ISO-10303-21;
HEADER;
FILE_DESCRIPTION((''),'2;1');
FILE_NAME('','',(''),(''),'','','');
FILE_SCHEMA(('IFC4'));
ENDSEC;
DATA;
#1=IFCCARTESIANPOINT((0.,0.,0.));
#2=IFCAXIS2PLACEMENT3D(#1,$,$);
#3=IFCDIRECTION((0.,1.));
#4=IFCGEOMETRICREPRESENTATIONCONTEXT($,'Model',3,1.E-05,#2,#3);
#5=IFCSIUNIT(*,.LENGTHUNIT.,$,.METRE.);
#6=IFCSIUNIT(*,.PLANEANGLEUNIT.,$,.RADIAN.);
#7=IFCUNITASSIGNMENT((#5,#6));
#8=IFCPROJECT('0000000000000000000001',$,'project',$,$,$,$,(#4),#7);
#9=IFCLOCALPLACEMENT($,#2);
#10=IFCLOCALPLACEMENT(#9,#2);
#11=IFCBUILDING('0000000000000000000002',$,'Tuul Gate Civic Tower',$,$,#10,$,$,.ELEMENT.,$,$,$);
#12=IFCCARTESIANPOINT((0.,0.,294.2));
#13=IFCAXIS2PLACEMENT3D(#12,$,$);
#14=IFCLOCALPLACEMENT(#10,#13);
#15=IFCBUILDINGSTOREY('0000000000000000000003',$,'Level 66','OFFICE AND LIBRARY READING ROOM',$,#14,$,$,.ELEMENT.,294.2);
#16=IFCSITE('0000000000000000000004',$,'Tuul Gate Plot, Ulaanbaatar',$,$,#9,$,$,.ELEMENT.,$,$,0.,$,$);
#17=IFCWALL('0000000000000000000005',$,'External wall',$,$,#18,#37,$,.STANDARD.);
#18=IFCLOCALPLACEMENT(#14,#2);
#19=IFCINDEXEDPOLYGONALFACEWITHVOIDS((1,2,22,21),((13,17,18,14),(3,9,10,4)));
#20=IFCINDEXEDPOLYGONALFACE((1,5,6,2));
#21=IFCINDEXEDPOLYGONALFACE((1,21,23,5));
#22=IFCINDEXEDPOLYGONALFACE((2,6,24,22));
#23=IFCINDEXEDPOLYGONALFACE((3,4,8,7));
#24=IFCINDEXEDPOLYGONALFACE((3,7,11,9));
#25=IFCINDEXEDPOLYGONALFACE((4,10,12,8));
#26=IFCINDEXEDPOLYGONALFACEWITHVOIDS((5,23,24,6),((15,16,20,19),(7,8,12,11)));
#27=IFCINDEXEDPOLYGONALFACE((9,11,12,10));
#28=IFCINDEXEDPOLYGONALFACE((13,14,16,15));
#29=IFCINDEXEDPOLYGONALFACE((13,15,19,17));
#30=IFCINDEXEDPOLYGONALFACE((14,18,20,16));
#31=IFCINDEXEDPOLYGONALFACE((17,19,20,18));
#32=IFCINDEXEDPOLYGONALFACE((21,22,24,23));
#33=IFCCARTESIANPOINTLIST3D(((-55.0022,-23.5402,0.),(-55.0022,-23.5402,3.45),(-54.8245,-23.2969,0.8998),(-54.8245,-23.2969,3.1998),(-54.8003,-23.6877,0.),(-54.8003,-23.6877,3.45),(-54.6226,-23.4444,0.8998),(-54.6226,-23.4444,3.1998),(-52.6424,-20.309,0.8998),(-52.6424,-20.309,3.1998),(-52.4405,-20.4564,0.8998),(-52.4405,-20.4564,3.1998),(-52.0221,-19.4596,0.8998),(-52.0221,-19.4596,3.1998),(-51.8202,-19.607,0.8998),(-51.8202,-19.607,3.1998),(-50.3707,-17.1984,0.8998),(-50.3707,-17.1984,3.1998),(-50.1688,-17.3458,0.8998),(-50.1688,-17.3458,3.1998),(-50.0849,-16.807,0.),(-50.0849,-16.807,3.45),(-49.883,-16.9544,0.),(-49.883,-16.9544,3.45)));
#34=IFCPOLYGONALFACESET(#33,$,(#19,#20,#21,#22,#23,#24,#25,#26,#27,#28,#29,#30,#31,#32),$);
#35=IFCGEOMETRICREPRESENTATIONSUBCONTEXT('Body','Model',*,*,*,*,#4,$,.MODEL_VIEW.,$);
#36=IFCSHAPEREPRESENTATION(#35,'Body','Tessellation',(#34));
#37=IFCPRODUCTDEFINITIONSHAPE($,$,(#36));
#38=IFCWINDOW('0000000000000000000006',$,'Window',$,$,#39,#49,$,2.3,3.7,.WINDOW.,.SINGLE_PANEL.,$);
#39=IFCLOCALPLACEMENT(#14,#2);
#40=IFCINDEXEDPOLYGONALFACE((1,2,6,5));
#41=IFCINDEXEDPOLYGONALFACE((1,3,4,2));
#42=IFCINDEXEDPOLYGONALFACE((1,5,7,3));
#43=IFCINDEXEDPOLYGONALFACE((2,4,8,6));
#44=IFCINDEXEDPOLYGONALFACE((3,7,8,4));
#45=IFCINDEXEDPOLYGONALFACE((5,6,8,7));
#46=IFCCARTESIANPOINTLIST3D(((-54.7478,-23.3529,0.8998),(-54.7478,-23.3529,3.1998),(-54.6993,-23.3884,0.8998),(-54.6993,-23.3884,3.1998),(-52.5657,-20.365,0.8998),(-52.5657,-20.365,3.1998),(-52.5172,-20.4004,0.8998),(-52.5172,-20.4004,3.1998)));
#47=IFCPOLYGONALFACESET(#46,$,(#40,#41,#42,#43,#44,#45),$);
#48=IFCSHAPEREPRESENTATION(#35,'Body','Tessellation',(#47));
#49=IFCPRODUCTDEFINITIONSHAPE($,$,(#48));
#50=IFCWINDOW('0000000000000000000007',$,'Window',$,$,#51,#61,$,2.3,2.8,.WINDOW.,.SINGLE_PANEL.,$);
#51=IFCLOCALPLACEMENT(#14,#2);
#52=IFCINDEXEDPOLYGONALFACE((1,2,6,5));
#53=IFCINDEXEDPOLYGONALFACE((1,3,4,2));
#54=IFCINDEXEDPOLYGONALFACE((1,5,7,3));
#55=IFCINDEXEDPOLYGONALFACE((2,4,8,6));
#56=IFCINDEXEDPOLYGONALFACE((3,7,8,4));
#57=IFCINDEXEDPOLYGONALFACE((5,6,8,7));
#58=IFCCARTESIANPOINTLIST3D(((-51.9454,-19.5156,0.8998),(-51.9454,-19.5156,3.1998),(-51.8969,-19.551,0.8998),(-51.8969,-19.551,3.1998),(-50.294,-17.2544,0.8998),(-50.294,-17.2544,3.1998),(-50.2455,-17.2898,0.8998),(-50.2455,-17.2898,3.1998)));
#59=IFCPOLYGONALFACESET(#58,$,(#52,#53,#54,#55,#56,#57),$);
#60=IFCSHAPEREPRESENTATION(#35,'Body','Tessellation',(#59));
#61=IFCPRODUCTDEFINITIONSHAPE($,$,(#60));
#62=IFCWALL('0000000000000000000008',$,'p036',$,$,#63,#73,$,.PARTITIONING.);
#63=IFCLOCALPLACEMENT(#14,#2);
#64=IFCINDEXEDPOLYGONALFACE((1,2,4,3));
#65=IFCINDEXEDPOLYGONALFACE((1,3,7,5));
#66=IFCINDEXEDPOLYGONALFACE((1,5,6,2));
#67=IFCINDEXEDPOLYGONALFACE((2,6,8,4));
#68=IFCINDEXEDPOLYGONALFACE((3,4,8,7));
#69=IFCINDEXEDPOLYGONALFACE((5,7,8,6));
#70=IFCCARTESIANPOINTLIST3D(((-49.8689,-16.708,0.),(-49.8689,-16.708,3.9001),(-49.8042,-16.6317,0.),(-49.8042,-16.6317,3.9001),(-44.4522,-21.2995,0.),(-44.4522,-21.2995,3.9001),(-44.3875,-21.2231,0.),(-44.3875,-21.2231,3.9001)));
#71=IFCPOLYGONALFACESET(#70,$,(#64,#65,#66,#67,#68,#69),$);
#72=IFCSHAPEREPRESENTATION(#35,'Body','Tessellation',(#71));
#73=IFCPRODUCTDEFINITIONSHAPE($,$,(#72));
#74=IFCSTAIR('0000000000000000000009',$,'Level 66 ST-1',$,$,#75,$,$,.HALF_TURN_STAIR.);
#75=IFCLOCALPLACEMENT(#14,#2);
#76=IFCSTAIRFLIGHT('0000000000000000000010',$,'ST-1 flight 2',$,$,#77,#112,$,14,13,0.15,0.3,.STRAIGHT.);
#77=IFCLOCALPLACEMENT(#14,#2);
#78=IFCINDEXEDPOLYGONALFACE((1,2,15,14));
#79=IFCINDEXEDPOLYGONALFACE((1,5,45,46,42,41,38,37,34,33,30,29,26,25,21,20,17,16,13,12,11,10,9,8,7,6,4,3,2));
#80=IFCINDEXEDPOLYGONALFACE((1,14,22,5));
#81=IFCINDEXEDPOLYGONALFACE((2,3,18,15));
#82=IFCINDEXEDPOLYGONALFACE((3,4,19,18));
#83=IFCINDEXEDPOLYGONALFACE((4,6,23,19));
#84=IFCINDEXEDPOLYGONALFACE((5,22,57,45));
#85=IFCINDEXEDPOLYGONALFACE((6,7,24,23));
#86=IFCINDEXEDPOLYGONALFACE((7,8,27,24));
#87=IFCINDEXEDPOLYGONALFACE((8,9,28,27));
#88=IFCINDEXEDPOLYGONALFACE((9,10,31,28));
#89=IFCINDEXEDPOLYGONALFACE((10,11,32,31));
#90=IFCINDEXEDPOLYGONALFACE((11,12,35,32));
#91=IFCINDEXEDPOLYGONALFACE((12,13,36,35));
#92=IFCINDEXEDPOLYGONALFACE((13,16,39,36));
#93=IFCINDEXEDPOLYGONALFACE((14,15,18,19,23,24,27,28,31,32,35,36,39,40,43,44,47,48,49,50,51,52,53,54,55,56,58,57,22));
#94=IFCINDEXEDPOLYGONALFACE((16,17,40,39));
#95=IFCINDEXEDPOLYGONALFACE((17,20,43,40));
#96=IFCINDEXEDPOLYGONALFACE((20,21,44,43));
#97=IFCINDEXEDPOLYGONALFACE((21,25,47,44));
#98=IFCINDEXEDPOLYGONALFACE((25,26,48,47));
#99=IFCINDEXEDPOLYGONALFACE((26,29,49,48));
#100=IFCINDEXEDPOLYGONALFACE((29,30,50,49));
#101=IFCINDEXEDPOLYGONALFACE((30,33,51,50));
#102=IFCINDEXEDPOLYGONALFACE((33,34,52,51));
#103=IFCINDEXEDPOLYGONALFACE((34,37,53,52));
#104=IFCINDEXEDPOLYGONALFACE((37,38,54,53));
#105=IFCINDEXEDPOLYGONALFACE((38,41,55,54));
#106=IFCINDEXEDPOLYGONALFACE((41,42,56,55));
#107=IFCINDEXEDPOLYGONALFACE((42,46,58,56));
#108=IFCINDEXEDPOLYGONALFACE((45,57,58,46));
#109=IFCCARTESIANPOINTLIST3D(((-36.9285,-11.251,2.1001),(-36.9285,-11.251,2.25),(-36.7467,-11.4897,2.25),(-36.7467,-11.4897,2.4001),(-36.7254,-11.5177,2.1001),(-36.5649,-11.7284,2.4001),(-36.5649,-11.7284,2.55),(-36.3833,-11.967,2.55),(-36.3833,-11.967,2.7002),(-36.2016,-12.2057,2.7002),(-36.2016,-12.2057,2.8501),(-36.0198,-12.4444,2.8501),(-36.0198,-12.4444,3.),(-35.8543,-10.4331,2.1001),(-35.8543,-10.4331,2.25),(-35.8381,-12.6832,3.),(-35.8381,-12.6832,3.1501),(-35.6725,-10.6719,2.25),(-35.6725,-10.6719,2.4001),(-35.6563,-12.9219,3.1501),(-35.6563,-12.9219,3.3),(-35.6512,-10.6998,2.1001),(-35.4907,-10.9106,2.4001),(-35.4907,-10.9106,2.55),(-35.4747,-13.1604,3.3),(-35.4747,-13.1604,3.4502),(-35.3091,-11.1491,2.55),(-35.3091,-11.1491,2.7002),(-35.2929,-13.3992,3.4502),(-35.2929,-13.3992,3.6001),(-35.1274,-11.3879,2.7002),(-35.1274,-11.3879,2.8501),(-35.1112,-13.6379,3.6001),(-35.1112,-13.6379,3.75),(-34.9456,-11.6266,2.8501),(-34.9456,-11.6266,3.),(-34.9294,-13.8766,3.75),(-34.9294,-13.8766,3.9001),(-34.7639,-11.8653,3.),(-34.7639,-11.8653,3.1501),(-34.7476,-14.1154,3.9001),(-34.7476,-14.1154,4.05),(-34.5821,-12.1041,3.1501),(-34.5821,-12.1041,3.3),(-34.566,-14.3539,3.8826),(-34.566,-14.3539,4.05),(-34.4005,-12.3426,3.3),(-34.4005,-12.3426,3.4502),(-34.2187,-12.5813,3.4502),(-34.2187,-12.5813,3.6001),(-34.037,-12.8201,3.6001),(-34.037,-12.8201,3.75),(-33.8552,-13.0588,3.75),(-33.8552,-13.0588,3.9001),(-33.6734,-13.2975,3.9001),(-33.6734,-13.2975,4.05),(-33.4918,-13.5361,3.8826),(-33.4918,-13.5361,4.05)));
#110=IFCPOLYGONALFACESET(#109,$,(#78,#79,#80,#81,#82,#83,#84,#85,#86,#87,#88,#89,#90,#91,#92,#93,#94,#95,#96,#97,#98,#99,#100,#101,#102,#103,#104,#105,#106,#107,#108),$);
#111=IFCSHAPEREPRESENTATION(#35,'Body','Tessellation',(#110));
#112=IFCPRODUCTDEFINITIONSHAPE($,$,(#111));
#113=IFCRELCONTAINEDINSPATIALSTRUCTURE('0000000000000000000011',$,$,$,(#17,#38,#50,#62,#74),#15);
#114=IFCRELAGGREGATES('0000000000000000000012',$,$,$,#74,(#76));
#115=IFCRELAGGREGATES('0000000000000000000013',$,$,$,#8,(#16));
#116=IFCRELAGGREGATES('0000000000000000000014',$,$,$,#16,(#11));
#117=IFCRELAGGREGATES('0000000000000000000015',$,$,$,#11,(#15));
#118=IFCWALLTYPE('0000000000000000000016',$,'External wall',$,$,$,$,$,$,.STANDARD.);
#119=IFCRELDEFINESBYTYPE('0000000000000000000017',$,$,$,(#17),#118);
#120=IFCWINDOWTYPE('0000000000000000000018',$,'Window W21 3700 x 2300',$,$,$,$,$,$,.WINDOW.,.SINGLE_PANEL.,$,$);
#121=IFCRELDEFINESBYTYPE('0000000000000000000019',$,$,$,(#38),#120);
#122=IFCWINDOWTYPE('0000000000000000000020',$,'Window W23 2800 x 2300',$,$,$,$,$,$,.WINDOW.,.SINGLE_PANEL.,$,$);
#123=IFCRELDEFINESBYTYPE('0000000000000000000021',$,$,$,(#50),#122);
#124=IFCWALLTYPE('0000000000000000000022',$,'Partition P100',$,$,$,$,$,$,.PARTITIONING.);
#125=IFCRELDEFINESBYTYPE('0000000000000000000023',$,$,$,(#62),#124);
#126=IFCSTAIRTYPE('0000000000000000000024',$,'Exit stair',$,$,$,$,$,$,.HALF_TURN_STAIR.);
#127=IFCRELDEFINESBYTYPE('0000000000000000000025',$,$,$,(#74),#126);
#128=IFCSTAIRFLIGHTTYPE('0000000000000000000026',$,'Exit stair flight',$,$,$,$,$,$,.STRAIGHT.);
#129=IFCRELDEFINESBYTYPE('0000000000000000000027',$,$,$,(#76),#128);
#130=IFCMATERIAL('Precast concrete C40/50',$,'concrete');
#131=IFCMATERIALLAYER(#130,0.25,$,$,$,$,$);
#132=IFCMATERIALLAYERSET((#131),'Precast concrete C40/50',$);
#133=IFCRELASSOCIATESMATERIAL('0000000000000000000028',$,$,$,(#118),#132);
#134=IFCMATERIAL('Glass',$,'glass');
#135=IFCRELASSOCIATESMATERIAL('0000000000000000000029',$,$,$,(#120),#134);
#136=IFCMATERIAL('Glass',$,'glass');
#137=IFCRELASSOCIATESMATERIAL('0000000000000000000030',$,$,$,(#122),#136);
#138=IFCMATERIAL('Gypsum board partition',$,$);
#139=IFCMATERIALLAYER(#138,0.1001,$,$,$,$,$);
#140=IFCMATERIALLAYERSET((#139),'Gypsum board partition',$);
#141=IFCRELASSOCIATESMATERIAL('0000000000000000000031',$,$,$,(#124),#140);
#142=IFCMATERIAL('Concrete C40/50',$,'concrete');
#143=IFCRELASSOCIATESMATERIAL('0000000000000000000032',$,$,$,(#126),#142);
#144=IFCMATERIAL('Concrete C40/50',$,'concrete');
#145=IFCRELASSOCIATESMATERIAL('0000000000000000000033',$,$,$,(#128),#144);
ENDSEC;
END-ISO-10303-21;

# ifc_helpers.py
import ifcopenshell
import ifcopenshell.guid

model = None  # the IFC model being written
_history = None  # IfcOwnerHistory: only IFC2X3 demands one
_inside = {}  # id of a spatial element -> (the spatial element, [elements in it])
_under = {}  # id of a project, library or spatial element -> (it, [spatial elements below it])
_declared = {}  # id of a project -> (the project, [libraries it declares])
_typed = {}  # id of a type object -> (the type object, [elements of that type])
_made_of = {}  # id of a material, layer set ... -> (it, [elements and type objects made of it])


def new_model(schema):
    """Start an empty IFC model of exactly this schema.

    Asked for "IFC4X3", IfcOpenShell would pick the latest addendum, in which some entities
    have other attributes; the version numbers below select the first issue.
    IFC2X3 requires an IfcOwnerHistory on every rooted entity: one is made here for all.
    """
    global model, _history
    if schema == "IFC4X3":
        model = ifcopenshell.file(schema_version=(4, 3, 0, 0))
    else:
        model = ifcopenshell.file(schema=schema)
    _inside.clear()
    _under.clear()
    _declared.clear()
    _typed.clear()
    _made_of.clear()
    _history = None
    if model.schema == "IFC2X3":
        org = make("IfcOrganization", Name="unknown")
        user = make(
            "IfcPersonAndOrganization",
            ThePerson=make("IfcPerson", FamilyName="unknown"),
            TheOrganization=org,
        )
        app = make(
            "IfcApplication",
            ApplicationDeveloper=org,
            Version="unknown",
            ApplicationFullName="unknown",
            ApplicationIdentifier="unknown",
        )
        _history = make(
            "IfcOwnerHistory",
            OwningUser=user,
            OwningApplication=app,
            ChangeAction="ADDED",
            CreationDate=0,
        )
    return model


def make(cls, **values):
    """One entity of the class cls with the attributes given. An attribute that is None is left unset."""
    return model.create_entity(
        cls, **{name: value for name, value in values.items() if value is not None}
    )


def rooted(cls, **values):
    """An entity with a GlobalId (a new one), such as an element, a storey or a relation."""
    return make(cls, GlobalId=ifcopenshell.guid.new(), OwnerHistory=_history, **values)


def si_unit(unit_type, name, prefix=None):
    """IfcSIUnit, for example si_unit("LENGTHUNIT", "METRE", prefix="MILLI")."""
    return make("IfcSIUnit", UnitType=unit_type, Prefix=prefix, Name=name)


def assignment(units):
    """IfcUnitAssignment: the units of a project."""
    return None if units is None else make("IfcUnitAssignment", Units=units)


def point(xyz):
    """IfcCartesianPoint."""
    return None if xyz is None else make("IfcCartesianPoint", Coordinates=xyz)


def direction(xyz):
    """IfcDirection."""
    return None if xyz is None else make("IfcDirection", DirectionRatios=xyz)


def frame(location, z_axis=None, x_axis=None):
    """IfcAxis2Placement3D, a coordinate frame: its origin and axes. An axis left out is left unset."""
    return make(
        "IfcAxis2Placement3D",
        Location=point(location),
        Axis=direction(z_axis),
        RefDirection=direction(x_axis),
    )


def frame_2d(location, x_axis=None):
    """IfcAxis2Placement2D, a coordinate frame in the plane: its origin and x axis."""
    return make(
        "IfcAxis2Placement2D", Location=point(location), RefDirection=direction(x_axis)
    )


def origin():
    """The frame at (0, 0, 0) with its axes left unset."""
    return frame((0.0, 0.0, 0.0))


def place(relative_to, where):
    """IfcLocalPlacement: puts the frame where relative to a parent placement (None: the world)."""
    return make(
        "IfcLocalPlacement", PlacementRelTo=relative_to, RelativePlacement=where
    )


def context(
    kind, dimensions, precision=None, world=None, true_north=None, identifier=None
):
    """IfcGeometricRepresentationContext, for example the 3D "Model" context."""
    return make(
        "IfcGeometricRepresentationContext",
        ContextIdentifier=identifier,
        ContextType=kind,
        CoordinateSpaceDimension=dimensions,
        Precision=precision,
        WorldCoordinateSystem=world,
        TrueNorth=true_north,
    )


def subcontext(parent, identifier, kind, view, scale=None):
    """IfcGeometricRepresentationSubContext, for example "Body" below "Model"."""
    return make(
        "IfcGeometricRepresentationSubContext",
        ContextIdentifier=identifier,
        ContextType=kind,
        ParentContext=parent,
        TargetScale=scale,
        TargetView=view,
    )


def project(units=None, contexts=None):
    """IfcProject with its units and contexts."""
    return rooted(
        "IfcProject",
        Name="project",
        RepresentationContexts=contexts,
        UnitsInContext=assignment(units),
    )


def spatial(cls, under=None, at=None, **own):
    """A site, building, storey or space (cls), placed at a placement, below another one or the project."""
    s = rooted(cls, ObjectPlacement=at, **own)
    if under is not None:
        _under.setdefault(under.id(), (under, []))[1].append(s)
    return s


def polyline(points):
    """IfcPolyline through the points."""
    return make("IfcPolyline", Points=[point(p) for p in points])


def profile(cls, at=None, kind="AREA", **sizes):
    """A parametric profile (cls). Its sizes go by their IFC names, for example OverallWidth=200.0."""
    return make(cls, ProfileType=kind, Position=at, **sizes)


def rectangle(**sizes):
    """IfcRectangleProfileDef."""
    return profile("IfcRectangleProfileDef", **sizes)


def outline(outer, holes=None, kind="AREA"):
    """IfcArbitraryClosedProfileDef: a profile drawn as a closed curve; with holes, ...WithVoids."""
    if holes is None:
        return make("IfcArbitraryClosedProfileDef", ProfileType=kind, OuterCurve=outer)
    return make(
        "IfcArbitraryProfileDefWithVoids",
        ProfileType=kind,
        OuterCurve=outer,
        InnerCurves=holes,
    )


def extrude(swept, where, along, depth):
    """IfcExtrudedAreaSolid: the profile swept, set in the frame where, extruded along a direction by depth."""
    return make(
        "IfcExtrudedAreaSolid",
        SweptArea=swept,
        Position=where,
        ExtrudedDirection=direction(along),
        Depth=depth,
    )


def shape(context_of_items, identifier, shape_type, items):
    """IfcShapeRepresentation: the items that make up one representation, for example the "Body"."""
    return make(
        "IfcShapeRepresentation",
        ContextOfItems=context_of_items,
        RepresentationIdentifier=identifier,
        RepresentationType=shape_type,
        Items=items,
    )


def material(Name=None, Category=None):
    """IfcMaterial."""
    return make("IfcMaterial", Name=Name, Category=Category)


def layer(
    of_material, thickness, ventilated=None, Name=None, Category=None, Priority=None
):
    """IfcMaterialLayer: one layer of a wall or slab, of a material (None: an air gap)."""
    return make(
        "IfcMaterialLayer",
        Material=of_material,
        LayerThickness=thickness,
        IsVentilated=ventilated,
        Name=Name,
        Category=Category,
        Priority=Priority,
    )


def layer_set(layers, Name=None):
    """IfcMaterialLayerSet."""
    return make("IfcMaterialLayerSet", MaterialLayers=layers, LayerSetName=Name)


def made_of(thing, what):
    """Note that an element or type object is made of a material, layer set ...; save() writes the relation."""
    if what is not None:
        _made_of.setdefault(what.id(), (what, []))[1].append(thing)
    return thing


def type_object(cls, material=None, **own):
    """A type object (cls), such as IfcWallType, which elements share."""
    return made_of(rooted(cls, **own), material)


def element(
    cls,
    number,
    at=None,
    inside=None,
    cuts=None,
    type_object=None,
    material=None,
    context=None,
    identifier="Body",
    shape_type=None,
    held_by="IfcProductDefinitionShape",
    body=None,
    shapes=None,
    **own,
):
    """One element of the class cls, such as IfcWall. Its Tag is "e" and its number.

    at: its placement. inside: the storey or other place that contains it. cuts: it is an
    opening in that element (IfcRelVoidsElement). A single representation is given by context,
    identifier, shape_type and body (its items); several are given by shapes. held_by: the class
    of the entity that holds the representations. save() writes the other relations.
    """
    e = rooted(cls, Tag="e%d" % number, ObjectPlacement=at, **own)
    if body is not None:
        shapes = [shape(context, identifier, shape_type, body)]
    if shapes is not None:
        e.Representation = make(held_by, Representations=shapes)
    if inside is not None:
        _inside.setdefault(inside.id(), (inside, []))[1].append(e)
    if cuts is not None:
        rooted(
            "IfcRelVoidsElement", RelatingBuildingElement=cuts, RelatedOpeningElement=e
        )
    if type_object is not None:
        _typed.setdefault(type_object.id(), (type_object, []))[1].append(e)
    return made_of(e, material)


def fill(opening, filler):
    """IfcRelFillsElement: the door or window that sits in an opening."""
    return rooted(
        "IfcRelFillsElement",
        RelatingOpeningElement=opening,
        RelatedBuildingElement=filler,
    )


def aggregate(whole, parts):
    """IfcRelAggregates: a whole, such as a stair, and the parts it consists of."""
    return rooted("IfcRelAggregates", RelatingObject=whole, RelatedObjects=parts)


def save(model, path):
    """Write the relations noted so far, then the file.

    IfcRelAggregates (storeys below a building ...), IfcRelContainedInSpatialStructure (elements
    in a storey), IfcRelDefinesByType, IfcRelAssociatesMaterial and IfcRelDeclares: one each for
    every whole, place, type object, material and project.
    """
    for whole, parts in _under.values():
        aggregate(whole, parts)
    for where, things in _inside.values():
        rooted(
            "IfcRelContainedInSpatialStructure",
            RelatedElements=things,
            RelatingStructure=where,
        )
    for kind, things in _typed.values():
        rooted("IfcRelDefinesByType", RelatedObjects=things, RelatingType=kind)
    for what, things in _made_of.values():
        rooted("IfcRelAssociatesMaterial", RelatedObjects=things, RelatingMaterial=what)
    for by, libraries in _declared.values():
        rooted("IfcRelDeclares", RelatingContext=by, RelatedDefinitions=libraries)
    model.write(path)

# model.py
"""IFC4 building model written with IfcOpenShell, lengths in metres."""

from ifc_helpers import new_model, si_unit, direction, frame, frame_2d, origin, place, context, subcontext, project, spatial, polyline, rectangle, outline, extrude, material, layer, layer_set, type_object, element, fill, aggregate, save


model = new_model("IFC4")

# Units and contexts
model_context = context("Model", 3, precision=1e-05, world=origin(), true_north=direction((0.0, 1.0)))
body_context = subcontext(model_context, "Body", "Model", "MODEL_VIEW")
ifc_project = project(units=[si_unit("LENGTHUNIT", "METRE"), si_unit("PLANEANGLEUNIT", "RADIAN")], contexts=[model_context])

# Site, building, storey
site_placement = place(None, origin())
site = spatial("IfcSite", under=ifc_project, at=site_placement, Name="Tuul Gate Plot, Ulaanbaatar", CompositionType="ELEMENT", RefElevation=0.0)
building_placement = place(site_placement, origin())
building = spatial("IfcBuilding", under=site, at=building_placement, Name="Tuul Gate Civic Tower", CompositionType="ELEMENT")
storey_placement = place(building_placement, frame((0.0, 0.0, 294.2)))
storey = spatial("IfcBuildingStorey", under=building, at=storey_placement, Name="Level 66", Description="OFFICE AND LIBRARY READING ROOM", CompositionType="ELEMENT", Elevation=294.2)

# Wall, openings, windows
ifc_material_1 = material(Name="Precast concrete C40/50", Category="concrete")
ifc_layer_1 = layer(ifc_material_1, 0.25)
ifc_layer_set_1 = layer_set([ifc_layer_1], Name="Precast concrete C40/50")
wall_type_1 = type_object("IfcWallType", Name="External wall", PredefinedType="STANDARD", material=ifc_layer_set_1)
wall_1_placement = place(storey_placement, frame((-49.9839, -16.8806, 0.0), z_axis=(0.0, 0.0, 1.0), x_axis=(-0.589771, -0.807571, 0.0)))
wall_1 = element("IfcWall", 1, at=wall_1_placement, inside=storey, type_object=wall_type_1, Name="External wall", PredefinedType="STANDARD", context=body_context, shape_type="SweptSolid", body=[
    extrude(rectangle(XDim=8.3376, YDim=0.25, at=frame_2d((4.1689, 0.0))), origin(), (0.0, 0.0, 1.0), 3.45),
])
opening_1_placement = place(wall_1_placement, frame((0.4849, 0.0, 0.8999)))
opening_1 = element("IfcOpeningElement", 2, at=opening_1_placement, cuts=wall_1, PredefinedType="OPENING", context=body_context, shape_type="SweptSolid", body=[
    extrude(rectangle(XDim=2.8, YDim=2.3, at=frame_2d((1.3999, 1.1499))), frame((0.0, 0.135, 0.0), z_axis=(0.0, -1.0, 0.0), x_axis=(1.0, 0.0, 0.0)), (0.0, 0.0, 1.0), 0.27),
])
opening_2_placement = place(wall_1_placement, frame((4.3364, 0.0, 0.8999)))
opening_2 = element("IfcOpeningElement", 3, at=opening_2_placement, cuts=wall_1, PredefinedType="OPENING", context=body_context, shape_type="SweptSolid", body=[
    extrude(rectangle(XDim=3.7, YDim=2.3, at=frame_2d((1.8501, 1.1499))), frame((0.0, 0.135, 0.0), z_axis=(0.0, -1.0, 0.0), x_axis=(1.0, 0.0, 0.0)), (0.0, 0.0, 1.0), 0.27),
])
ifc_material_2 = material(Name="Glass", Category="glass")
window_type_1 = type_object("IfcWindowType", Name="Window W21 3700 x 2300", PartitioningType="SINGLE_PANEL", PredefinedType="WINDOW", material=ifc_material_2)
window_1_placement = place(opening_2_placement, origin())
window_1 = element("IfcWindow", 4, at=window_1_placement, inside=storey, type_object=window_type_1, Name="Window", OverallHeight=2.3, OverallWidth=3.7, PartitioningType="SINGLE_PANEL", PredefinedType="WINDOW", context=body_context, shape_type="SweptSolid", body=[
    extrude(rectangle(XDim=3.7, YDim=2.3, at=frame_2d((1.8501, 1.1499))), frame((0.0, 0.03, 0.0), z_axis=(0.0, -1.0, 0.0), x_axis=(1.0, 0.0, 0.0)), (0.0, 0.0, 1.0), 0.0601),
])
fill(opening_2, window_1)
ifc_material_3 = material(Name="Glass", Category="glass")
window_type_2 = type_object("IfcWindowType", Name="Window W23 2800 x 2300", PartitioningType="SINGLE_PANEL", PredefinedType="WINDOW", material=ifc_material_3)
window_2_placement = place(opening_1_placement, origin())
window_2 = element("IfcWindow", 5, at=window_2_placement, inside=storey, type_object=window_type_2, Name="Window", OverallHeight=2.3, OverallWidth=2.8, PartitioningType="SINGLE_PANEL", PredefinedType="WINDOW", context=body_context, shape_type="SweptSolid", body=[
    extrude(rectangle(XDim=2.8, YDim=2.3, at=frame_2d((1.3999, 1.1499))), frame((0.0, 0.03, 0.0), z_axis=(0.0, -1.0, 0.0), x_axis=(1.0, 0.0, 0.0)), (0.0, 0.0, 1.0), 0.0601),
])
fill(opening_1, window_2)

# Wall
ifc_material_4 = material(Name="Gypsum board partition")
ifc_layer_2 = layer(ifc_material_4, 0.1001)
ifc_layer_set_2 = layer_set([ifc_layer_2], Name="Gypsum board partition")
wall_type_2 = type_object("IfcWallType", Name="Partition P100", PredefinedType="PARTITIONING", material=ifc_layer_set_2)
wall_2_placement = place(storey_placement, frame((-49.8364, -16.6699, 0.0), z_axis=(0.0, 0.0, 1.0), x_axis=(0.76282, -0.646611, 0.0)))
element("IfcWall", 6, at=wall_2_placement, inside=storey, type_object=wall_type_2, Name="p036", PredefinedType="PARTITIONING", context=body_context, shape_type="SweptSolid", body=[
    extrude(rectangle(XDim=7.1008, YDim=0.1001, at=frame_2d((3.5503, 0.0))), origin(), (0.0, 0.0, 1.0), 3.9001),
])

# Stair, stair flight
ifc_material_5 = material(Name="Concrete C40/50", Category="concrete")
stair_type = type_object("IfcStairType", Name="Exit stair", PredefinedType="HALF_TURN_STAIR", material=ifc_material_5)
stair_placement = place(storey_placement, origin())
stair = element("IfcStair", 7, at=stair_placement, inside=storey, type_object=stair_type, Name="Level 66 ST-1", PredefinedType="HALF_TURN_STAIR")
ifc_material_6 = material(Name="Concrete C40/50", Category="concrete")
stair_flight_type = type_object("IfcStairFlightType", Name="Exit stair flight", PredefinedType="STRAIGHT", material=ifc_material_6)
stair_flight_placement = place(storey_placement, frame((-36.3914, -10.842, 2.1001), z_axis=(0.0, 0.0, 1.0), x_axis=(0.605764, -0.795644, 0.0)))
stair_flight = element("IfcStairFlight", 8, at=stair_flight_placement, type_object=stair_flight_type, Name="ST-1 flight 2", NumberOfRisers=14, NumberOfTreads=13, PredefinedType="STRAIGHT", RiserHeight=0.15, TreadLength=0.3, context=body_context, shape_type="SweptSolid", body=[
    extrude(outline(polyline([(0.0, 0.0), (0.0, 0.1499), (0.3, 0.1499), (0.3, 0.3), (0.6001, 0.3), (0.6001, 0.45), (0.8999, 0.45), (0.8999, 0.6001), (1.2, 0.6001), (1.2, 0.75), (1.5, 0.75), (1.5, 0.8999), (1.8, 0.8999), (1.8, 1.05), (2.1001, 1.05), (2.1001, 1.2), (2.3999, 1.2), (2.3999, 1.3501), (2.7, 1.3501), (2.7, 1.5), (3.0, 1.5), (3.0, 1.6499), (3.3, 1.6499), (3.3, 1.8), (3.6001, 1.8), (3.6001, 1.95), (3.8999, 1.95), (3.8999, 2.1001), (3.8999, 1.7825), (0.3352, 0.0), (0.0, 0.0)])), frame((0.0, 0.675, 0.0), z_axis=(0.0, -1.0, 0.0), x_axis=(1.0, 0.0, 0.0)), (0.0, 0.0, 1.0), 1.3501),
])
aggregate(stair, [stair_flight])

save(model, "model.ifc")
